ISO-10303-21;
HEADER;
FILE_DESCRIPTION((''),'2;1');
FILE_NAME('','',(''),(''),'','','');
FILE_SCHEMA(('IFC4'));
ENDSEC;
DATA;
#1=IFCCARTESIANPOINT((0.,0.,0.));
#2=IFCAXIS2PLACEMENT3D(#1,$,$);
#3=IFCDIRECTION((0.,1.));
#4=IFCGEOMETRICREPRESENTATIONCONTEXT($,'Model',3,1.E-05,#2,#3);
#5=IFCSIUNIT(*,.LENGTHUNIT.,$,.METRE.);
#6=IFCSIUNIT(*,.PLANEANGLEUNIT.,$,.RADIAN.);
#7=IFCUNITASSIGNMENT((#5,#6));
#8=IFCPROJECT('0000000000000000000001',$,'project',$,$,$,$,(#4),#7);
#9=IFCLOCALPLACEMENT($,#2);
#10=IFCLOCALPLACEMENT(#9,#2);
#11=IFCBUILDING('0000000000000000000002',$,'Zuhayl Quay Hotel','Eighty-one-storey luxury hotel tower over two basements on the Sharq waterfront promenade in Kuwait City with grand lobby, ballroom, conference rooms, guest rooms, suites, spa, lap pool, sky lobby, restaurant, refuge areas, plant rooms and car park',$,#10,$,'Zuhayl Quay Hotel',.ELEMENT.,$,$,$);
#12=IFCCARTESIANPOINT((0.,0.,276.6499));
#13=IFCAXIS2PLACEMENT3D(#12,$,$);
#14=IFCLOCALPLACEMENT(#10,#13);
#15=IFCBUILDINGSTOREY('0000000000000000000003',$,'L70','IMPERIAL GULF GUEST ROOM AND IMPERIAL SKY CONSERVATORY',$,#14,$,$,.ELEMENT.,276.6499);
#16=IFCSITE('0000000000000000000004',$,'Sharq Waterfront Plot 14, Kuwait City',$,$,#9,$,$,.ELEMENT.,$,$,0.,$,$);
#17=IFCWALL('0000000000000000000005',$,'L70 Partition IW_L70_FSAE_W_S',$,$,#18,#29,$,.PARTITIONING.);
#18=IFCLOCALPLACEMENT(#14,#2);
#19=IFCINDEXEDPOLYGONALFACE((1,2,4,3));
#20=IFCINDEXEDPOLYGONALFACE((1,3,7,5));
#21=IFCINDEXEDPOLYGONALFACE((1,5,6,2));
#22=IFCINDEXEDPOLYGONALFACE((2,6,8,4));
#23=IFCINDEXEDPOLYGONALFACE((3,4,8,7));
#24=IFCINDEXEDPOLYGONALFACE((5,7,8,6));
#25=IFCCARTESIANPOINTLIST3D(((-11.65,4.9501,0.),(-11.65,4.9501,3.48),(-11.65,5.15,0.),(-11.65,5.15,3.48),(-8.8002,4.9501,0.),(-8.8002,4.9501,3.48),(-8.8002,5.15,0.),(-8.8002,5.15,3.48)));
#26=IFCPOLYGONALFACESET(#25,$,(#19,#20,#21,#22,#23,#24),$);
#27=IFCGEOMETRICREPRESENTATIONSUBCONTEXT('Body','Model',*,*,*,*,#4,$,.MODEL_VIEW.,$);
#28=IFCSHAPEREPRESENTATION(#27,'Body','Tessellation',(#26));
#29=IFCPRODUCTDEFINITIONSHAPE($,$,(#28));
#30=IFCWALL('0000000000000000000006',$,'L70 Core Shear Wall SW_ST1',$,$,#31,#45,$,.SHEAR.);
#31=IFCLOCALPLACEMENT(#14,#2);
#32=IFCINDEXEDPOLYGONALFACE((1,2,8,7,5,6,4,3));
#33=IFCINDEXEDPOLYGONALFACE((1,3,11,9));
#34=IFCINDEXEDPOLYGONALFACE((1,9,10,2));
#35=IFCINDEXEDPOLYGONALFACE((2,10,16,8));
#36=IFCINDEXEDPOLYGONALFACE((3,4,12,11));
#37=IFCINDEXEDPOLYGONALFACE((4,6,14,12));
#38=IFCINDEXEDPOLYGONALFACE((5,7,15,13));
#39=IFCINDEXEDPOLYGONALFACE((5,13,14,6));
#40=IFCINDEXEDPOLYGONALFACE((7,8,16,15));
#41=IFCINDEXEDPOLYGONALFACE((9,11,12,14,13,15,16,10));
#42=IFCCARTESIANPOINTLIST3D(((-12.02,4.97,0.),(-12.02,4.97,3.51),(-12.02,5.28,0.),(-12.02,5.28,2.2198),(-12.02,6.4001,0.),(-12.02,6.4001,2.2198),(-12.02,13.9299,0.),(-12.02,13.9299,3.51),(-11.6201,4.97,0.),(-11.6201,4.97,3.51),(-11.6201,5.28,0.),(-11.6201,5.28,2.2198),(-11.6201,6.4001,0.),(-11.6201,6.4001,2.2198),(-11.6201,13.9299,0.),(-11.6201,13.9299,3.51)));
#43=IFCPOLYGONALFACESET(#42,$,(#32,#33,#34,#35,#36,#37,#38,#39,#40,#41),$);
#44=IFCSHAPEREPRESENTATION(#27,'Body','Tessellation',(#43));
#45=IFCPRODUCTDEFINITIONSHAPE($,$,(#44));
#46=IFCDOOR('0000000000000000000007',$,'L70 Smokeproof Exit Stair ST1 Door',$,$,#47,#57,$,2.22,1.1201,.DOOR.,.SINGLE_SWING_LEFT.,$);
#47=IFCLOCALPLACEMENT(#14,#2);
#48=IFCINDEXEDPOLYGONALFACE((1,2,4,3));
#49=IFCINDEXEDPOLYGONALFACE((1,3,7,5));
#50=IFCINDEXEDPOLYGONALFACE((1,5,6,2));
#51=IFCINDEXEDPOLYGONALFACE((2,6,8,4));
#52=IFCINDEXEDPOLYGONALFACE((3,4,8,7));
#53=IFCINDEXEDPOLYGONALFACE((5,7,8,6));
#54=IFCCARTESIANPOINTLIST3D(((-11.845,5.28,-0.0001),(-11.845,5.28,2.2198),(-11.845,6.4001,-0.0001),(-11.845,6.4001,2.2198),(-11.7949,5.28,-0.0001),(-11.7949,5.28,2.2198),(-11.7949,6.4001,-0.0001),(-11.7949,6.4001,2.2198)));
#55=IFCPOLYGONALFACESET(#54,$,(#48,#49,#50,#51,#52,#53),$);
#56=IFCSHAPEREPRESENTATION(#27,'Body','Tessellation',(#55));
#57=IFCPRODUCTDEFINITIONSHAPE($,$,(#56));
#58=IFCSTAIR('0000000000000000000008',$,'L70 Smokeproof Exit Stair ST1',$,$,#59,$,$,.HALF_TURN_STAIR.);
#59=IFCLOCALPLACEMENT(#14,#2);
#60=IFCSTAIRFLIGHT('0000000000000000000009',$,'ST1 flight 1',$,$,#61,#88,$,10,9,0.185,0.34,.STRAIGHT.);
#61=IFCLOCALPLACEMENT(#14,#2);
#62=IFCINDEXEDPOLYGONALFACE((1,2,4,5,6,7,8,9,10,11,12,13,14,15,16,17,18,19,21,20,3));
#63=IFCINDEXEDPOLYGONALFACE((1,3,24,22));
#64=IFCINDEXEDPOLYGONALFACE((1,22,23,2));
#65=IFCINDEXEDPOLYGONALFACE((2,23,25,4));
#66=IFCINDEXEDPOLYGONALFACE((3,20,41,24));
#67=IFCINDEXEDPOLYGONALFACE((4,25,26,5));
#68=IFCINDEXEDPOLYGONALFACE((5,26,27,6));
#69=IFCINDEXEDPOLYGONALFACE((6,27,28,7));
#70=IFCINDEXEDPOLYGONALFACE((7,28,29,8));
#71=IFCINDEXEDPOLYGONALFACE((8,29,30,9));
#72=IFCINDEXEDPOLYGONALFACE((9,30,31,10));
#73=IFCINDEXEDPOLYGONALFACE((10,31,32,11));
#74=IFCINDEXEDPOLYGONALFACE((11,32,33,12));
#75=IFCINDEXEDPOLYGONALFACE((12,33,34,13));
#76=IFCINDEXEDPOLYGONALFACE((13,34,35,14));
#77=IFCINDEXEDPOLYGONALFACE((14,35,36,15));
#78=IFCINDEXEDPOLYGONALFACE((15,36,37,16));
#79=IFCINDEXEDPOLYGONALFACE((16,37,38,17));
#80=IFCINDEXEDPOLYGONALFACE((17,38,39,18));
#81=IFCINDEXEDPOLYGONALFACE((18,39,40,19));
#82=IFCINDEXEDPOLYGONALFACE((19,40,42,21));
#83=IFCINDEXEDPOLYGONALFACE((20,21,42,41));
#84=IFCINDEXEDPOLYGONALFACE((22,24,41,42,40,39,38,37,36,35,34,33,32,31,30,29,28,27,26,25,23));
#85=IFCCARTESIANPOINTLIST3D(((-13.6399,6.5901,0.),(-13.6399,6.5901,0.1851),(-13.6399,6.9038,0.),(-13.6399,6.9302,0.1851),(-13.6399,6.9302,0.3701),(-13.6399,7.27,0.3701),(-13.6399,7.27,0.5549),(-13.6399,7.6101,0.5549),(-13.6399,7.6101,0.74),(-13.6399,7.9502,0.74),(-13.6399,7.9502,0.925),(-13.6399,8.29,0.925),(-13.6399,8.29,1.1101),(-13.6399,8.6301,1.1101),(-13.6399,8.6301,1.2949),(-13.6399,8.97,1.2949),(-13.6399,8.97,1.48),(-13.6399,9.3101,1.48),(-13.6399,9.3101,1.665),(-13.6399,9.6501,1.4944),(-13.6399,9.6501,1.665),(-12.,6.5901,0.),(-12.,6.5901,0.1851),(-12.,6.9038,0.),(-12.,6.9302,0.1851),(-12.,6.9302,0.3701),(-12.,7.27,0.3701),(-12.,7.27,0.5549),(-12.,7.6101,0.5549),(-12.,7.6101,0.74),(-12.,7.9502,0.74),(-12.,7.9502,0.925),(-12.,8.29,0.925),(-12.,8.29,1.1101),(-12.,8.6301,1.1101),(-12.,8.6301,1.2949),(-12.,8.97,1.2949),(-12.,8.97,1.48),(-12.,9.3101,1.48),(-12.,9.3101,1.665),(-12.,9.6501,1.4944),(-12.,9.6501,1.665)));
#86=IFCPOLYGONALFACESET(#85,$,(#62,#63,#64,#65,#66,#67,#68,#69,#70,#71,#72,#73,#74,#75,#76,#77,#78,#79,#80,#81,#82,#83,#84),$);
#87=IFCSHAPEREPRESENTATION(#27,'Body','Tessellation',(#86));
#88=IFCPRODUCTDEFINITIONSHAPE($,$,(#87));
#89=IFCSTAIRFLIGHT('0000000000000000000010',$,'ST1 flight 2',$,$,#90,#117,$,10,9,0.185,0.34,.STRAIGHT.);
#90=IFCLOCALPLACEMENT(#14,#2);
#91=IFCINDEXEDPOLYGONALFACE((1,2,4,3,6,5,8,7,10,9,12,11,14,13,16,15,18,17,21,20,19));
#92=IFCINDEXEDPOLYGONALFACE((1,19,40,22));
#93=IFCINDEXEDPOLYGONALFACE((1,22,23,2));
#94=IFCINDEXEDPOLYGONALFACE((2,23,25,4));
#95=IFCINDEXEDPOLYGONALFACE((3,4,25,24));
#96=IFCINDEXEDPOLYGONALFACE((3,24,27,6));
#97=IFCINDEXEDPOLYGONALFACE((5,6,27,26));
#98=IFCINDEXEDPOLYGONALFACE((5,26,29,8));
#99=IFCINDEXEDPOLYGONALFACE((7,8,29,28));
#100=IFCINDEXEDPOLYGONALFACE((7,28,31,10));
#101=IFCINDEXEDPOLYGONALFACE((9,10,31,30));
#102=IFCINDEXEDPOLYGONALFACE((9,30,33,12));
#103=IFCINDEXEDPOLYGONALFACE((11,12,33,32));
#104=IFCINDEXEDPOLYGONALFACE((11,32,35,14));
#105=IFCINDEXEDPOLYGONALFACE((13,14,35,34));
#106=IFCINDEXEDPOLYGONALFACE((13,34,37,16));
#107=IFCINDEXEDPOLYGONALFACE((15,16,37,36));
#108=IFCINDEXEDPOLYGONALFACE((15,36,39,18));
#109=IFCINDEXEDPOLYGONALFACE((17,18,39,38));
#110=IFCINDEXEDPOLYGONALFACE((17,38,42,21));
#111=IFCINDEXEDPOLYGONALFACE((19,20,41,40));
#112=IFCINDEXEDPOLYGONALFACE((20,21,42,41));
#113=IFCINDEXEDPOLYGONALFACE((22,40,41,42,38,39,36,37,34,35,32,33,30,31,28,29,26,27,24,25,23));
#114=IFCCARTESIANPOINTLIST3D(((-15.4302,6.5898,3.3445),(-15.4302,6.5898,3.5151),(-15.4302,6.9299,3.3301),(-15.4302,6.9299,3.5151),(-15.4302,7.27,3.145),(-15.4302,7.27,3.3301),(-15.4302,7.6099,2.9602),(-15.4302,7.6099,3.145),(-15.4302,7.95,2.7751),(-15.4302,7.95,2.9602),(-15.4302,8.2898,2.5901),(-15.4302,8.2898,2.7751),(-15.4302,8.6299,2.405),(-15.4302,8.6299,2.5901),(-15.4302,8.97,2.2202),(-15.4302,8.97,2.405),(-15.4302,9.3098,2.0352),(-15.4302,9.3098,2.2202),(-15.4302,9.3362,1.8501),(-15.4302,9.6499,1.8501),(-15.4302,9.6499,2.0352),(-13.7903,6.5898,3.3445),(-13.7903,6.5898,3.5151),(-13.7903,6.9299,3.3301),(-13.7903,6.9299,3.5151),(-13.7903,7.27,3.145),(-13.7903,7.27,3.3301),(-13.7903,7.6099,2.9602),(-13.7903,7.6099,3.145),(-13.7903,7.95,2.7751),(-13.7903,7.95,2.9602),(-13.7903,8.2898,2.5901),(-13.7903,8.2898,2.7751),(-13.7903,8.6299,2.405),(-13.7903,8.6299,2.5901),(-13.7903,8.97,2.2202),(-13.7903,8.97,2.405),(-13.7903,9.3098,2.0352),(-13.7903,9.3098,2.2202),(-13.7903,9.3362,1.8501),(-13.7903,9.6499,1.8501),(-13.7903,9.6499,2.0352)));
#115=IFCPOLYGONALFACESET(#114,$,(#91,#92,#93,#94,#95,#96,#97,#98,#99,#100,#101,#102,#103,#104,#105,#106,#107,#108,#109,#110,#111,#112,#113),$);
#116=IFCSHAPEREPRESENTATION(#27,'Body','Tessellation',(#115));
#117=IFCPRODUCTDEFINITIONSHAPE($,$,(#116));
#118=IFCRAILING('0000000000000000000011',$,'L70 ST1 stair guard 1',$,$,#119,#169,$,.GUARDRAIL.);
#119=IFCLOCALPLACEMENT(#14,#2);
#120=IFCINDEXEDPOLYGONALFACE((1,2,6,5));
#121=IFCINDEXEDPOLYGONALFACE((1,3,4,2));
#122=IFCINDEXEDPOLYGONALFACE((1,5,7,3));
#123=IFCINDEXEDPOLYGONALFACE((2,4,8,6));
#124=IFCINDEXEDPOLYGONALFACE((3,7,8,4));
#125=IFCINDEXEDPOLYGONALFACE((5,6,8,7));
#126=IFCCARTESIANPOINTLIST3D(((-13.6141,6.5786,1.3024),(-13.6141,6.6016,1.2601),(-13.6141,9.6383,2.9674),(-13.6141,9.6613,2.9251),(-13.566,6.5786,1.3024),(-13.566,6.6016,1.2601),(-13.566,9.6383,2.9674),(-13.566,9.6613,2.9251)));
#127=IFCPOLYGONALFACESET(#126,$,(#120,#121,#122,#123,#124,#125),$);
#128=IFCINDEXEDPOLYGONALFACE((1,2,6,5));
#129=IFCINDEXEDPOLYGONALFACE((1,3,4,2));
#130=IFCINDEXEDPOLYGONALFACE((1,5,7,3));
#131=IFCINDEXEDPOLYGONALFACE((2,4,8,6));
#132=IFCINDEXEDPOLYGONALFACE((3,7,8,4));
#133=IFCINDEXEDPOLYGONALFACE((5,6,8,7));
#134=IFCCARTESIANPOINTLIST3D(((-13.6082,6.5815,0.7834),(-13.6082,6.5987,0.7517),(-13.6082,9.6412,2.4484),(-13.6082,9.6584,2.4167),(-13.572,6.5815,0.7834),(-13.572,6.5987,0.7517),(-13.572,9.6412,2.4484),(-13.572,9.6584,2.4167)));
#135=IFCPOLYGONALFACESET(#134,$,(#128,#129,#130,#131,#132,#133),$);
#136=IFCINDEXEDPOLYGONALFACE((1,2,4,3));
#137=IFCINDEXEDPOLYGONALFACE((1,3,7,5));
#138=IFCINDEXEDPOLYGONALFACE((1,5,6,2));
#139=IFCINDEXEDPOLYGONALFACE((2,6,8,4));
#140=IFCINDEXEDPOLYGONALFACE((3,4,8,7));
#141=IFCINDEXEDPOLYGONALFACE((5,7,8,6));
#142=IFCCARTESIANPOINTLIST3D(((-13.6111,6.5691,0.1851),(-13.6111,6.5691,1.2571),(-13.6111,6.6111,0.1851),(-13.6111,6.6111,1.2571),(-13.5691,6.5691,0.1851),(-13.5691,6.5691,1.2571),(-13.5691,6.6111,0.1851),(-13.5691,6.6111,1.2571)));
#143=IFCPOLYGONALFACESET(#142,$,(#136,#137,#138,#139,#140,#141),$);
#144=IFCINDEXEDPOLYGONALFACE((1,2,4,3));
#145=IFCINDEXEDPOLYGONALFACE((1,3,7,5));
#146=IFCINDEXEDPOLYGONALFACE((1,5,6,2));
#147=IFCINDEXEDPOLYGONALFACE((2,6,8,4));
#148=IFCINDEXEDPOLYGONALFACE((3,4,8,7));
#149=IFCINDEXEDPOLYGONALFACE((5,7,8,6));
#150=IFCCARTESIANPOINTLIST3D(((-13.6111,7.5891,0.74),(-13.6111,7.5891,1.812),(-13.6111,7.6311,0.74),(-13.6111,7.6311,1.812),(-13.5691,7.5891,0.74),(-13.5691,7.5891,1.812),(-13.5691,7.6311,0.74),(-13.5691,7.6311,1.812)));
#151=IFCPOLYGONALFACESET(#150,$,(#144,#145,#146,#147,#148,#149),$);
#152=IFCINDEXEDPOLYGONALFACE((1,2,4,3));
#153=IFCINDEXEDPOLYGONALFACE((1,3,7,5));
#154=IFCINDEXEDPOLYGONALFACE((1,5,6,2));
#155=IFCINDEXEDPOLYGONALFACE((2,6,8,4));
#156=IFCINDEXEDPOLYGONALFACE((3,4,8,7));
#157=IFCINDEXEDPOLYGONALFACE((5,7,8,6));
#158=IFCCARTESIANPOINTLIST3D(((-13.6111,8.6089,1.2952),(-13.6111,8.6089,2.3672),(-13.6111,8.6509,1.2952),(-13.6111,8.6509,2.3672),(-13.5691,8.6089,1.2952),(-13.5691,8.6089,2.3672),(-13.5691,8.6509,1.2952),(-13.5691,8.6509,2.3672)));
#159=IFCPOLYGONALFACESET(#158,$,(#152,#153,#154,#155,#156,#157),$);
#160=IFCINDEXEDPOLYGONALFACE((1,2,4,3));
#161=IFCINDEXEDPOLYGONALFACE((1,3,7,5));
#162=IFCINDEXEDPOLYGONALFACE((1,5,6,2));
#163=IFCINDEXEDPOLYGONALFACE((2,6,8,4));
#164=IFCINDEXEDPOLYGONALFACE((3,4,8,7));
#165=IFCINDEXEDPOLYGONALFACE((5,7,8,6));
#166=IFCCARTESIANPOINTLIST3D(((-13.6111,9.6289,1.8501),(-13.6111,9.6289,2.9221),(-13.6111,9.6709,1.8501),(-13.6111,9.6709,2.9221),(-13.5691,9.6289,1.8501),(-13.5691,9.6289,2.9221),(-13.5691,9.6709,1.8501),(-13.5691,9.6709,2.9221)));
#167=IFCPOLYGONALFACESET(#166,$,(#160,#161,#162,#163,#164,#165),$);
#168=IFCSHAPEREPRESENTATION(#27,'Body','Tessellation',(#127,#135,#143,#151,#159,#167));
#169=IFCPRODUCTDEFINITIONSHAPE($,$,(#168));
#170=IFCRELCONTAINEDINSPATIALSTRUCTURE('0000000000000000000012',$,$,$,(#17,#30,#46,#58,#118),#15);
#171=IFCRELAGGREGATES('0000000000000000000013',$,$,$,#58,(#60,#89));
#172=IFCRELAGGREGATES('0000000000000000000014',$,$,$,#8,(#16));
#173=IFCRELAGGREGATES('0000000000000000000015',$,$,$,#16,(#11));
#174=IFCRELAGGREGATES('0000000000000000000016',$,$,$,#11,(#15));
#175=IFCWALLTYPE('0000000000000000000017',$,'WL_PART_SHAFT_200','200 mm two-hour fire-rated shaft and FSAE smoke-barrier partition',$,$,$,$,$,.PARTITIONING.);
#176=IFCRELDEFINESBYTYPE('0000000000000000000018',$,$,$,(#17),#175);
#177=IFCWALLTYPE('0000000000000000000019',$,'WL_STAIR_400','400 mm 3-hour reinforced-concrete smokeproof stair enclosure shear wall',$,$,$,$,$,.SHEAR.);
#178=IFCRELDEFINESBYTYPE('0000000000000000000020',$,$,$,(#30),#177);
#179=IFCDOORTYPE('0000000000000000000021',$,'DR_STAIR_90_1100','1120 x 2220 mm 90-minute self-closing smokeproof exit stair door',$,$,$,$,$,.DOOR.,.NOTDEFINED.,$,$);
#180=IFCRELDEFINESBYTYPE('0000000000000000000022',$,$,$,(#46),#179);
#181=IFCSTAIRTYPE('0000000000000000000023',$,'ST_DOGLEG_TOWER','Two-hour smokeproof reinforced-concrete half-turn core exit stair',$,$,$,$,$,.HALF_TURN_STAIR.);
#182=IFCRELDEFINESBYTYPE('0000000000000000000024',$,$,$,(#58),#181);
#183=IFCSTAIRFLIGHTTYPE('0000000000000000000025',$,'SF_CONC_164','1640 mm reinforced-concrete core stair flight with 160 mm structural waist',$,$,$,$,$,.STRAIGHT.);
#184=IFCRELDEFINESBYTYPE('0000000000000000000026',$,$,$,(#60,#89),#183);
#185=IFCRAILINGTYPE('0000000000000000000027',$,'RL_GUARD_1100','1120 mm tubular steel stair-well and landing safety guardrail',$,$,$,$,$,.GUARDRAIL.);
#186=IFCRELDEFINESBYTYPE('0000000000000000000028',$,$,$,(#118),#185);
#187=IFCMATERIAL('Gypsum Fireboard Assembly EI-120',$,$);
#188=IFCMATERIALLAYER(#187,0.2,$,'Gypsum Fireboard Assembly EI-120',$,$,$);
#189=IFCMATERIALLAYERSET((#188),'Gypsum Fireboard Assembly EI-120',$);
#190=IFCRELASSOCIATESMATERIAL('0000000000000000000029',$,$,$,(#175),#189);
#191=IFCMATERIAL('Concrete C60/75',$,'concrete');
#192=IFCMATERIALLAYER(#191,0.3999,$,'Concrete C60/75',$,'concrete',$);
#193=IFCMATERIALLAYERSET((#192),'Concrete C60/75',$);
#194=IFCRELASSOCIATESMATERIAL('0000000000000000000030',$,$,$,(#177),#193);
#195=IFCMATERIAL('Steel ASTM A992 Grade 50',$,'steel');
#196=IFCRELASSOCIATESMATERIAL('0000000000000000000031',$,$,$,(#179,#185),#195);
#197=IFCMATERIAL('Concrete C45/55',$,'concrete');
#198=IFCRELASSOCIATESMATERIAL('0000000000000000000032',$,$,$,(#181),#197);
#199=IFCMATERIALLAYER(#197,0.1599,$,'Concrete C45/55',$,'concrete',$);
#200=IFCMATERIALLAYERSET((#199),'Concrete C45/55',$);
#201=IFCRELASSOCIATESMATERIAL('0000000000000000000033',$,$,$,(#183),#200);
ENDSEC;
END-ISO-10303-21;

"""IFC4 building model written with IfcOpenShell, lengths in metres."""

from ifc_helpers import new_model, si_unit, direction, frame, frame_2d, origin, origin_2d, place, context, subcontext, project, spatial, polyline, rectangle, outline, extrude, material, layer, layer_set, type_object, element, fill, aggregate, save


model = new_model("IFC4")

# Units and contexts
model_context = context("Model", 3, precision=1e-05, world=origin(), true_north=direction((0.0, 1.0)))
body_context = subcontext(model_context, "Body", "Model", "MODEL_VIEW")
ifc_project = project(units=[si_unit("LENGTHUNIT", "METRE"), si_unit("PLANEANGLEUNIT", "RADIAN")], contexts=[model_context])

# Site, building, storey
site_placement = place(None, origin())
site = spatial("IfcSite", under=ifc_project, at=site_placement, Name="Sharq Waterfront Plot 14, Kuwait City", CompositionType="ELEMENT", RefElevation=0.0)
building_placement = place(site_placement, origin())
building = spatial("IfcBuilding", under=site, at=building_placement, Name="Zuhayl Quay Hotel", Description="Eighty-one-storey luxury hotel tower over two basements on the Sharq waterfront promenade in Kuwait City with grand lobby, ballroom, conference rooms, guest rooms, suites, spa, lap pool, sky lobby, restaurant, refuge areas, plant rooms and car park", LongName="Zuhayl Quay Hotel", CompositionType="ELEMENT")
storey_placement = place(building_placement, frame((0.0, 0.0, 276.6499)))
storey = spatial("IfcBuildingStorey", under=building, at=storey_placement, Name="L70", Description="IMPERIAL GULF GUEST ROOM AND IMPERIAL SKY CONSERVATORY", CompositionType="ELEMENT", Elevation=276.6499)

# Wall
ifc_material_1 = material(Name="Gypsum Fireboard Assembly EI-120")
ifc_layer_1 = layer(ifc_material_1, 0.2, Name="Gypsum Fireboard Assembly EI-120")
ifc_layer_set_1 = layer_set([ifc_layer_1], Name="Gypsum Fireboard Assembly EI-120")
wall_type_1 = type_object("IfcWallType", Name="WL_PART_SHAFT_200", Description="200 mm two-hour fire-rated shaft and FSAE smoke-barrier partition", PredefinedType="PARTITIONING", material=ifc_layer_set_1)
wall_1_placement = place(storey_placement, frame((-11.6499, 5.05, 0.0), z_axis=(0.0, 0.0, 1.0), x_axis=(1.0, 0.0, 0.0)))
element("IfcWall", 1, at=wall_1_placement, inside=storey, type_object=wall_type_1, Name="L70 Partition IW_L70_FSAE_W_S", PredefinedType="PARTITIONING", context=body_context, shape_type="SweptSolid", body=[
    extrude(rectangle(XDim=2.8499, YDim=0.2, at=frame_2d((1.4248, 0.0))), origin(), (0.0, 0.0, 1.0), 3.48),
])

# Wall, opening, door
ifc_material_2 = material(Name="Concrete C60/75", Category="concrete")
ifc_layer_2 = layer(ifc_material_2, 0.3999, Name="Concrete C60/75", Category="concrete")
ifc_layer_set_2 = layer_set([ifc_layer_2], Name="Concrete C60/75")
wall_type_2 = type_object("IfcWallType", Name="WL_STAIR_400", Description="400 mm 3-hour reinforced-concrete smokeproof stair enclosure shear wall", PredefinedType="SHEAR", material=ifc_layer_set_2)
wall_2_placement = place(storey_placement, frame((-11.8201, 4.97, 0.0), z_axis=(0.0, 0.0, 1.0), x_axis=(0.0, 1.0, 0.0)))
wall_2 = element("IfcWall", 2, at=wall_2_placement, inside=storey, type_object=wall_type_2, Name="L70 Core Shear Wall SW_ST1", PredefinedType="SHEAR", context=body_context, shape_type="SweptSolid", body=[
    extrude(rectangle(XDim=8.96, YDim=0.3999, at=frame_2d((4.48, 0.0))), origin(), (0.0, 0.0, 1.0), 3.51),
])
opening_1_placement = place(wall_2_placement, frame((0.3101, 0.0, 0.0)))
opening_1 = element("IfcOpeningElement", 3, at=opening_1_placement, cuts=wall_2, PredefinedType="OPENING", context=body_context, shape_type="SweptSolid", body=[
    extrude(rectangle(XDim=1.1201, YDim=2.22, at=frame_2d((0.5601, 1.1099))), frame((0.0, 0.21, 0.0), z_axis=(0.0, -1.0, 0.0), x_axis=(1.0, 0.0, 0.0)), (0.0, 0.0, 1.0), 0.4199),
])
ifc_material_3 = material(Name="Steel ASTM A992 Grade 50", Category="steel")
door_type_1 = type_object("IfcDoorType", Name="DR_STAIR_90_1100", Description="1120 x 2220 mm 90-minute self-closing smokeproof exit stair door", OperationType="NOTDEFINED", PredefinedType="DOOR", material=ifc_material_3)
door_1_placement = place(opening_1_placement, origin())
door_1 = element("IfcDoor", 4, at=door_1_placement, inside=storey, type_object=door_type_1, Name="L70 Smokeproof Exit Stair ST1 Door", OperationType="SINGLE_SWING_LEFT", OverallHeight=2.22, OverallWidth=1.1201, PredefinedType="DOOR", context=body_context, shape_type="SweptSolid", body=[
    extrude(rectangle(XDim=1.1201, YDim=2.22, at=frame_2d((0.5601, 1.1099))), frame((0.0, 0.0249, 0.0), z_axis=(0.0, -1.0, 0.0), x_axis=(1.0, 0.0, 0.0)), (0.0, 0.0, 1.0), 0.05),
])
fill(opening_1, door_1)

# Stair, stair flights
ifc_material_4 = material(Name="Concrete C45/55", Category="concrete")
stair_type = type_object("IfcStairType", Name="ST_DOGLEG_TOWER", Description="Two-hour smokeproof reinforced-concrete half-turn core exit stair", PredefinedType="HALF_TURN_STAIR", material=ifc_material_4)
stair_placement = place(storey_placement, origin())
stair = element("IfcStair", 5, at=stair_placement, inside=storey, type_object=stair_type, Name="L70 Smokeproof Exit Stair ST1", PredefinedType="HALF_TURN_STAIR")
ifc_layer_3 = layer(ifc_material_4, 0.1599, Name="Concrete C45/55", Category="concrete")
ifc_layer_set_3 = layer_set([ifc_layer_3], Name="Concrete C45/55")
stair_flight_type = type_object("IfcStairFlightType", Name="SF_CONC_164", Description="1640 mm reinforced-concrete core stair flight with 160 mm structural waist", PredefinedType="STRAIGHT", material=ifc_layer_set_3)
stair_flight_1_placement = place(storey_placement, frame((-12.8201, 6.5901, 0.0), z_axis=(0.0, 0.0, 1.0), x_axis=(0.0, 1.0, 0.0)))
stair_flight_1 = element("IfcStairFlight", 6, at=stair_flight_1_placement, type_object=stair_flight_type, Name="ST1 flight 1", NumberOfRisers=10, NumberOfTreads=9, PredefinedType="STRAIGHT", RiserHeight=0.185, TreadLength=0.34, context=body_context, shape_type="SweptSolid", body=[
    extrude(outline(polyline([(0.0, 0.0), (0.0, 0.1851), (0.3401, 0.1851), (0.3401, 0.3701), (0.6799, 0.3701), (0.6799, 0.5549), (1.02, 0.5549), (1.02, 0.74), (1.3601, 0.74), (1.3601, 0.925), (1.7, 0.925), (1.7, 1.1101), (2.04, 1.1101), (2.04, 1.2949), (2.3799, 1.2949), (2.3799, 1.48), (2.72, 1.48), (2.72, 1.665), (3.0601, 1.665), (3.0601, 1.8501), (3.0601, 1.4944), (0.3137, 0.0), (0.0, 0.0)])), frame((0.0, 0.8198, 0.0), z_axis=(0.0, -1.0, 0.0), x_axis=(1.0, 0.0, 0.0)), (0.0, 0.0, 1.0), 1.6399),
])
stair_flight_2_placement = place(storey_placement, frame((-14.6101, 9.6499, 1.8501), z_axis=(0.0, 0.0, 1.0), x_axis=(0.0, -1.0, 0.0)))
stair_flight_2 = element("IfcStairFlight", 7, at=stair_flight_2_placement, type_object=stair_flight_type, Name="ST1 flight 2", NumberOfRisers=10, NumberOfTreads=9, PredefinedType="STRAIGHT", RiserHeight=0.185, TreadLength=0.34, context=body_context, shape_type="SweptSolid", body=[
    extrude(outline(polyline([(0.0, 0.0), (0.0, 0.1851), (0.3401, 0.1851), (0.3401, 0.3701), (0.6799, 0.3701), (0.6799, 0.5549), (1.02, 0.5549), (1.02, 0.74), (1.3601, 0.74), (1.3601, 0.925), (1.7, 0.925), (1.7, 1.1101), (2.04, 1.1101), (2.04, 1.2949), (2.3799, 1.2949), (2.3799, 1.48), (2.72, 1.48), (2.72, 1.665), (3.0601, 1.665), (3.0601, 1.8501), (3.0601, 1.4944), (0.3137, 0.0), (0.0, 0.0)])), frame((0.0, 0.8198, 0.0), z_axis=(0.0, -1.0, 0.0), x_axis=(1.0, 0.0, 0.0)), (0.0, 0.0, 1.0), 1.6399),
])
aggregate(stair, [stair_flight_1, stair_flight_2])

# Railing
railing_type_1 = type_object("IfcRailingType", Name="RL_GUARD_1100", Description="1120 mm tubular steel stair-well and landing safety guardrail", PredefinedType="GUARDRAIL", material=ifc_material_3)
railing_1_placement = place(storey_placement, frame((-13.5901, 6.5901, 0.1851)))
element("IfcRailing", 8, at=railing_1_placement, inside=storey, type_object=railing_type_1, Name="L70 ST1 stair guard 1", PredefinedType="GUARDRAIL", context=body_context, shape_type="SweptSolid", body=[
    extrude(rectangle(XDim=0.0481, YDim=0.0481, at=origin_2d()), frame((0.0, 0.0, 1.0962), z_axis=(0.0, 0.878372, 0.477978), x_axis=(-1.0, 0.0, 0.0)), (0.0, 0.0, 1.0), 3.4834),
    extrude(rectangle(XDim=0.0361, YDim=0.0361, at=origin_2d()), frame((0.0, 0.0, 0.5825), z_axis=(0.0, 0.878372, 0.477978), x_axis=(-1.0, 0.0, 0.0)), (0.0, 0.0, 1.0), 3.4834),
    extrude(rectangle(XDim=0.042, YDim=0.042, at=origin_2d()), origin(), (0.0, 0.0, 1.0), 1.072),
    extrude(rectangle(XDim=0.042, YDim=0.042, at=origin_2d()), frame((0.0, 1.02, 0.5549)), (0.0, 0.0, 1.0), 1.072),
    extrude(rectangle(XDim=0.042, YDim=0.042, at=origin_2d()), frame((0.0, 2.0398, 1.1101)), (0.0, 0.0, 1.0), 1.072),
    extrude(rectangle(XDim=0.042, YDim=0.042, at=origin_2d()), frame((0.0, 3.0598, 1.665)), (0.0, 0.0, 1.0), 1.072),
])

save(model, "model.ifc")
